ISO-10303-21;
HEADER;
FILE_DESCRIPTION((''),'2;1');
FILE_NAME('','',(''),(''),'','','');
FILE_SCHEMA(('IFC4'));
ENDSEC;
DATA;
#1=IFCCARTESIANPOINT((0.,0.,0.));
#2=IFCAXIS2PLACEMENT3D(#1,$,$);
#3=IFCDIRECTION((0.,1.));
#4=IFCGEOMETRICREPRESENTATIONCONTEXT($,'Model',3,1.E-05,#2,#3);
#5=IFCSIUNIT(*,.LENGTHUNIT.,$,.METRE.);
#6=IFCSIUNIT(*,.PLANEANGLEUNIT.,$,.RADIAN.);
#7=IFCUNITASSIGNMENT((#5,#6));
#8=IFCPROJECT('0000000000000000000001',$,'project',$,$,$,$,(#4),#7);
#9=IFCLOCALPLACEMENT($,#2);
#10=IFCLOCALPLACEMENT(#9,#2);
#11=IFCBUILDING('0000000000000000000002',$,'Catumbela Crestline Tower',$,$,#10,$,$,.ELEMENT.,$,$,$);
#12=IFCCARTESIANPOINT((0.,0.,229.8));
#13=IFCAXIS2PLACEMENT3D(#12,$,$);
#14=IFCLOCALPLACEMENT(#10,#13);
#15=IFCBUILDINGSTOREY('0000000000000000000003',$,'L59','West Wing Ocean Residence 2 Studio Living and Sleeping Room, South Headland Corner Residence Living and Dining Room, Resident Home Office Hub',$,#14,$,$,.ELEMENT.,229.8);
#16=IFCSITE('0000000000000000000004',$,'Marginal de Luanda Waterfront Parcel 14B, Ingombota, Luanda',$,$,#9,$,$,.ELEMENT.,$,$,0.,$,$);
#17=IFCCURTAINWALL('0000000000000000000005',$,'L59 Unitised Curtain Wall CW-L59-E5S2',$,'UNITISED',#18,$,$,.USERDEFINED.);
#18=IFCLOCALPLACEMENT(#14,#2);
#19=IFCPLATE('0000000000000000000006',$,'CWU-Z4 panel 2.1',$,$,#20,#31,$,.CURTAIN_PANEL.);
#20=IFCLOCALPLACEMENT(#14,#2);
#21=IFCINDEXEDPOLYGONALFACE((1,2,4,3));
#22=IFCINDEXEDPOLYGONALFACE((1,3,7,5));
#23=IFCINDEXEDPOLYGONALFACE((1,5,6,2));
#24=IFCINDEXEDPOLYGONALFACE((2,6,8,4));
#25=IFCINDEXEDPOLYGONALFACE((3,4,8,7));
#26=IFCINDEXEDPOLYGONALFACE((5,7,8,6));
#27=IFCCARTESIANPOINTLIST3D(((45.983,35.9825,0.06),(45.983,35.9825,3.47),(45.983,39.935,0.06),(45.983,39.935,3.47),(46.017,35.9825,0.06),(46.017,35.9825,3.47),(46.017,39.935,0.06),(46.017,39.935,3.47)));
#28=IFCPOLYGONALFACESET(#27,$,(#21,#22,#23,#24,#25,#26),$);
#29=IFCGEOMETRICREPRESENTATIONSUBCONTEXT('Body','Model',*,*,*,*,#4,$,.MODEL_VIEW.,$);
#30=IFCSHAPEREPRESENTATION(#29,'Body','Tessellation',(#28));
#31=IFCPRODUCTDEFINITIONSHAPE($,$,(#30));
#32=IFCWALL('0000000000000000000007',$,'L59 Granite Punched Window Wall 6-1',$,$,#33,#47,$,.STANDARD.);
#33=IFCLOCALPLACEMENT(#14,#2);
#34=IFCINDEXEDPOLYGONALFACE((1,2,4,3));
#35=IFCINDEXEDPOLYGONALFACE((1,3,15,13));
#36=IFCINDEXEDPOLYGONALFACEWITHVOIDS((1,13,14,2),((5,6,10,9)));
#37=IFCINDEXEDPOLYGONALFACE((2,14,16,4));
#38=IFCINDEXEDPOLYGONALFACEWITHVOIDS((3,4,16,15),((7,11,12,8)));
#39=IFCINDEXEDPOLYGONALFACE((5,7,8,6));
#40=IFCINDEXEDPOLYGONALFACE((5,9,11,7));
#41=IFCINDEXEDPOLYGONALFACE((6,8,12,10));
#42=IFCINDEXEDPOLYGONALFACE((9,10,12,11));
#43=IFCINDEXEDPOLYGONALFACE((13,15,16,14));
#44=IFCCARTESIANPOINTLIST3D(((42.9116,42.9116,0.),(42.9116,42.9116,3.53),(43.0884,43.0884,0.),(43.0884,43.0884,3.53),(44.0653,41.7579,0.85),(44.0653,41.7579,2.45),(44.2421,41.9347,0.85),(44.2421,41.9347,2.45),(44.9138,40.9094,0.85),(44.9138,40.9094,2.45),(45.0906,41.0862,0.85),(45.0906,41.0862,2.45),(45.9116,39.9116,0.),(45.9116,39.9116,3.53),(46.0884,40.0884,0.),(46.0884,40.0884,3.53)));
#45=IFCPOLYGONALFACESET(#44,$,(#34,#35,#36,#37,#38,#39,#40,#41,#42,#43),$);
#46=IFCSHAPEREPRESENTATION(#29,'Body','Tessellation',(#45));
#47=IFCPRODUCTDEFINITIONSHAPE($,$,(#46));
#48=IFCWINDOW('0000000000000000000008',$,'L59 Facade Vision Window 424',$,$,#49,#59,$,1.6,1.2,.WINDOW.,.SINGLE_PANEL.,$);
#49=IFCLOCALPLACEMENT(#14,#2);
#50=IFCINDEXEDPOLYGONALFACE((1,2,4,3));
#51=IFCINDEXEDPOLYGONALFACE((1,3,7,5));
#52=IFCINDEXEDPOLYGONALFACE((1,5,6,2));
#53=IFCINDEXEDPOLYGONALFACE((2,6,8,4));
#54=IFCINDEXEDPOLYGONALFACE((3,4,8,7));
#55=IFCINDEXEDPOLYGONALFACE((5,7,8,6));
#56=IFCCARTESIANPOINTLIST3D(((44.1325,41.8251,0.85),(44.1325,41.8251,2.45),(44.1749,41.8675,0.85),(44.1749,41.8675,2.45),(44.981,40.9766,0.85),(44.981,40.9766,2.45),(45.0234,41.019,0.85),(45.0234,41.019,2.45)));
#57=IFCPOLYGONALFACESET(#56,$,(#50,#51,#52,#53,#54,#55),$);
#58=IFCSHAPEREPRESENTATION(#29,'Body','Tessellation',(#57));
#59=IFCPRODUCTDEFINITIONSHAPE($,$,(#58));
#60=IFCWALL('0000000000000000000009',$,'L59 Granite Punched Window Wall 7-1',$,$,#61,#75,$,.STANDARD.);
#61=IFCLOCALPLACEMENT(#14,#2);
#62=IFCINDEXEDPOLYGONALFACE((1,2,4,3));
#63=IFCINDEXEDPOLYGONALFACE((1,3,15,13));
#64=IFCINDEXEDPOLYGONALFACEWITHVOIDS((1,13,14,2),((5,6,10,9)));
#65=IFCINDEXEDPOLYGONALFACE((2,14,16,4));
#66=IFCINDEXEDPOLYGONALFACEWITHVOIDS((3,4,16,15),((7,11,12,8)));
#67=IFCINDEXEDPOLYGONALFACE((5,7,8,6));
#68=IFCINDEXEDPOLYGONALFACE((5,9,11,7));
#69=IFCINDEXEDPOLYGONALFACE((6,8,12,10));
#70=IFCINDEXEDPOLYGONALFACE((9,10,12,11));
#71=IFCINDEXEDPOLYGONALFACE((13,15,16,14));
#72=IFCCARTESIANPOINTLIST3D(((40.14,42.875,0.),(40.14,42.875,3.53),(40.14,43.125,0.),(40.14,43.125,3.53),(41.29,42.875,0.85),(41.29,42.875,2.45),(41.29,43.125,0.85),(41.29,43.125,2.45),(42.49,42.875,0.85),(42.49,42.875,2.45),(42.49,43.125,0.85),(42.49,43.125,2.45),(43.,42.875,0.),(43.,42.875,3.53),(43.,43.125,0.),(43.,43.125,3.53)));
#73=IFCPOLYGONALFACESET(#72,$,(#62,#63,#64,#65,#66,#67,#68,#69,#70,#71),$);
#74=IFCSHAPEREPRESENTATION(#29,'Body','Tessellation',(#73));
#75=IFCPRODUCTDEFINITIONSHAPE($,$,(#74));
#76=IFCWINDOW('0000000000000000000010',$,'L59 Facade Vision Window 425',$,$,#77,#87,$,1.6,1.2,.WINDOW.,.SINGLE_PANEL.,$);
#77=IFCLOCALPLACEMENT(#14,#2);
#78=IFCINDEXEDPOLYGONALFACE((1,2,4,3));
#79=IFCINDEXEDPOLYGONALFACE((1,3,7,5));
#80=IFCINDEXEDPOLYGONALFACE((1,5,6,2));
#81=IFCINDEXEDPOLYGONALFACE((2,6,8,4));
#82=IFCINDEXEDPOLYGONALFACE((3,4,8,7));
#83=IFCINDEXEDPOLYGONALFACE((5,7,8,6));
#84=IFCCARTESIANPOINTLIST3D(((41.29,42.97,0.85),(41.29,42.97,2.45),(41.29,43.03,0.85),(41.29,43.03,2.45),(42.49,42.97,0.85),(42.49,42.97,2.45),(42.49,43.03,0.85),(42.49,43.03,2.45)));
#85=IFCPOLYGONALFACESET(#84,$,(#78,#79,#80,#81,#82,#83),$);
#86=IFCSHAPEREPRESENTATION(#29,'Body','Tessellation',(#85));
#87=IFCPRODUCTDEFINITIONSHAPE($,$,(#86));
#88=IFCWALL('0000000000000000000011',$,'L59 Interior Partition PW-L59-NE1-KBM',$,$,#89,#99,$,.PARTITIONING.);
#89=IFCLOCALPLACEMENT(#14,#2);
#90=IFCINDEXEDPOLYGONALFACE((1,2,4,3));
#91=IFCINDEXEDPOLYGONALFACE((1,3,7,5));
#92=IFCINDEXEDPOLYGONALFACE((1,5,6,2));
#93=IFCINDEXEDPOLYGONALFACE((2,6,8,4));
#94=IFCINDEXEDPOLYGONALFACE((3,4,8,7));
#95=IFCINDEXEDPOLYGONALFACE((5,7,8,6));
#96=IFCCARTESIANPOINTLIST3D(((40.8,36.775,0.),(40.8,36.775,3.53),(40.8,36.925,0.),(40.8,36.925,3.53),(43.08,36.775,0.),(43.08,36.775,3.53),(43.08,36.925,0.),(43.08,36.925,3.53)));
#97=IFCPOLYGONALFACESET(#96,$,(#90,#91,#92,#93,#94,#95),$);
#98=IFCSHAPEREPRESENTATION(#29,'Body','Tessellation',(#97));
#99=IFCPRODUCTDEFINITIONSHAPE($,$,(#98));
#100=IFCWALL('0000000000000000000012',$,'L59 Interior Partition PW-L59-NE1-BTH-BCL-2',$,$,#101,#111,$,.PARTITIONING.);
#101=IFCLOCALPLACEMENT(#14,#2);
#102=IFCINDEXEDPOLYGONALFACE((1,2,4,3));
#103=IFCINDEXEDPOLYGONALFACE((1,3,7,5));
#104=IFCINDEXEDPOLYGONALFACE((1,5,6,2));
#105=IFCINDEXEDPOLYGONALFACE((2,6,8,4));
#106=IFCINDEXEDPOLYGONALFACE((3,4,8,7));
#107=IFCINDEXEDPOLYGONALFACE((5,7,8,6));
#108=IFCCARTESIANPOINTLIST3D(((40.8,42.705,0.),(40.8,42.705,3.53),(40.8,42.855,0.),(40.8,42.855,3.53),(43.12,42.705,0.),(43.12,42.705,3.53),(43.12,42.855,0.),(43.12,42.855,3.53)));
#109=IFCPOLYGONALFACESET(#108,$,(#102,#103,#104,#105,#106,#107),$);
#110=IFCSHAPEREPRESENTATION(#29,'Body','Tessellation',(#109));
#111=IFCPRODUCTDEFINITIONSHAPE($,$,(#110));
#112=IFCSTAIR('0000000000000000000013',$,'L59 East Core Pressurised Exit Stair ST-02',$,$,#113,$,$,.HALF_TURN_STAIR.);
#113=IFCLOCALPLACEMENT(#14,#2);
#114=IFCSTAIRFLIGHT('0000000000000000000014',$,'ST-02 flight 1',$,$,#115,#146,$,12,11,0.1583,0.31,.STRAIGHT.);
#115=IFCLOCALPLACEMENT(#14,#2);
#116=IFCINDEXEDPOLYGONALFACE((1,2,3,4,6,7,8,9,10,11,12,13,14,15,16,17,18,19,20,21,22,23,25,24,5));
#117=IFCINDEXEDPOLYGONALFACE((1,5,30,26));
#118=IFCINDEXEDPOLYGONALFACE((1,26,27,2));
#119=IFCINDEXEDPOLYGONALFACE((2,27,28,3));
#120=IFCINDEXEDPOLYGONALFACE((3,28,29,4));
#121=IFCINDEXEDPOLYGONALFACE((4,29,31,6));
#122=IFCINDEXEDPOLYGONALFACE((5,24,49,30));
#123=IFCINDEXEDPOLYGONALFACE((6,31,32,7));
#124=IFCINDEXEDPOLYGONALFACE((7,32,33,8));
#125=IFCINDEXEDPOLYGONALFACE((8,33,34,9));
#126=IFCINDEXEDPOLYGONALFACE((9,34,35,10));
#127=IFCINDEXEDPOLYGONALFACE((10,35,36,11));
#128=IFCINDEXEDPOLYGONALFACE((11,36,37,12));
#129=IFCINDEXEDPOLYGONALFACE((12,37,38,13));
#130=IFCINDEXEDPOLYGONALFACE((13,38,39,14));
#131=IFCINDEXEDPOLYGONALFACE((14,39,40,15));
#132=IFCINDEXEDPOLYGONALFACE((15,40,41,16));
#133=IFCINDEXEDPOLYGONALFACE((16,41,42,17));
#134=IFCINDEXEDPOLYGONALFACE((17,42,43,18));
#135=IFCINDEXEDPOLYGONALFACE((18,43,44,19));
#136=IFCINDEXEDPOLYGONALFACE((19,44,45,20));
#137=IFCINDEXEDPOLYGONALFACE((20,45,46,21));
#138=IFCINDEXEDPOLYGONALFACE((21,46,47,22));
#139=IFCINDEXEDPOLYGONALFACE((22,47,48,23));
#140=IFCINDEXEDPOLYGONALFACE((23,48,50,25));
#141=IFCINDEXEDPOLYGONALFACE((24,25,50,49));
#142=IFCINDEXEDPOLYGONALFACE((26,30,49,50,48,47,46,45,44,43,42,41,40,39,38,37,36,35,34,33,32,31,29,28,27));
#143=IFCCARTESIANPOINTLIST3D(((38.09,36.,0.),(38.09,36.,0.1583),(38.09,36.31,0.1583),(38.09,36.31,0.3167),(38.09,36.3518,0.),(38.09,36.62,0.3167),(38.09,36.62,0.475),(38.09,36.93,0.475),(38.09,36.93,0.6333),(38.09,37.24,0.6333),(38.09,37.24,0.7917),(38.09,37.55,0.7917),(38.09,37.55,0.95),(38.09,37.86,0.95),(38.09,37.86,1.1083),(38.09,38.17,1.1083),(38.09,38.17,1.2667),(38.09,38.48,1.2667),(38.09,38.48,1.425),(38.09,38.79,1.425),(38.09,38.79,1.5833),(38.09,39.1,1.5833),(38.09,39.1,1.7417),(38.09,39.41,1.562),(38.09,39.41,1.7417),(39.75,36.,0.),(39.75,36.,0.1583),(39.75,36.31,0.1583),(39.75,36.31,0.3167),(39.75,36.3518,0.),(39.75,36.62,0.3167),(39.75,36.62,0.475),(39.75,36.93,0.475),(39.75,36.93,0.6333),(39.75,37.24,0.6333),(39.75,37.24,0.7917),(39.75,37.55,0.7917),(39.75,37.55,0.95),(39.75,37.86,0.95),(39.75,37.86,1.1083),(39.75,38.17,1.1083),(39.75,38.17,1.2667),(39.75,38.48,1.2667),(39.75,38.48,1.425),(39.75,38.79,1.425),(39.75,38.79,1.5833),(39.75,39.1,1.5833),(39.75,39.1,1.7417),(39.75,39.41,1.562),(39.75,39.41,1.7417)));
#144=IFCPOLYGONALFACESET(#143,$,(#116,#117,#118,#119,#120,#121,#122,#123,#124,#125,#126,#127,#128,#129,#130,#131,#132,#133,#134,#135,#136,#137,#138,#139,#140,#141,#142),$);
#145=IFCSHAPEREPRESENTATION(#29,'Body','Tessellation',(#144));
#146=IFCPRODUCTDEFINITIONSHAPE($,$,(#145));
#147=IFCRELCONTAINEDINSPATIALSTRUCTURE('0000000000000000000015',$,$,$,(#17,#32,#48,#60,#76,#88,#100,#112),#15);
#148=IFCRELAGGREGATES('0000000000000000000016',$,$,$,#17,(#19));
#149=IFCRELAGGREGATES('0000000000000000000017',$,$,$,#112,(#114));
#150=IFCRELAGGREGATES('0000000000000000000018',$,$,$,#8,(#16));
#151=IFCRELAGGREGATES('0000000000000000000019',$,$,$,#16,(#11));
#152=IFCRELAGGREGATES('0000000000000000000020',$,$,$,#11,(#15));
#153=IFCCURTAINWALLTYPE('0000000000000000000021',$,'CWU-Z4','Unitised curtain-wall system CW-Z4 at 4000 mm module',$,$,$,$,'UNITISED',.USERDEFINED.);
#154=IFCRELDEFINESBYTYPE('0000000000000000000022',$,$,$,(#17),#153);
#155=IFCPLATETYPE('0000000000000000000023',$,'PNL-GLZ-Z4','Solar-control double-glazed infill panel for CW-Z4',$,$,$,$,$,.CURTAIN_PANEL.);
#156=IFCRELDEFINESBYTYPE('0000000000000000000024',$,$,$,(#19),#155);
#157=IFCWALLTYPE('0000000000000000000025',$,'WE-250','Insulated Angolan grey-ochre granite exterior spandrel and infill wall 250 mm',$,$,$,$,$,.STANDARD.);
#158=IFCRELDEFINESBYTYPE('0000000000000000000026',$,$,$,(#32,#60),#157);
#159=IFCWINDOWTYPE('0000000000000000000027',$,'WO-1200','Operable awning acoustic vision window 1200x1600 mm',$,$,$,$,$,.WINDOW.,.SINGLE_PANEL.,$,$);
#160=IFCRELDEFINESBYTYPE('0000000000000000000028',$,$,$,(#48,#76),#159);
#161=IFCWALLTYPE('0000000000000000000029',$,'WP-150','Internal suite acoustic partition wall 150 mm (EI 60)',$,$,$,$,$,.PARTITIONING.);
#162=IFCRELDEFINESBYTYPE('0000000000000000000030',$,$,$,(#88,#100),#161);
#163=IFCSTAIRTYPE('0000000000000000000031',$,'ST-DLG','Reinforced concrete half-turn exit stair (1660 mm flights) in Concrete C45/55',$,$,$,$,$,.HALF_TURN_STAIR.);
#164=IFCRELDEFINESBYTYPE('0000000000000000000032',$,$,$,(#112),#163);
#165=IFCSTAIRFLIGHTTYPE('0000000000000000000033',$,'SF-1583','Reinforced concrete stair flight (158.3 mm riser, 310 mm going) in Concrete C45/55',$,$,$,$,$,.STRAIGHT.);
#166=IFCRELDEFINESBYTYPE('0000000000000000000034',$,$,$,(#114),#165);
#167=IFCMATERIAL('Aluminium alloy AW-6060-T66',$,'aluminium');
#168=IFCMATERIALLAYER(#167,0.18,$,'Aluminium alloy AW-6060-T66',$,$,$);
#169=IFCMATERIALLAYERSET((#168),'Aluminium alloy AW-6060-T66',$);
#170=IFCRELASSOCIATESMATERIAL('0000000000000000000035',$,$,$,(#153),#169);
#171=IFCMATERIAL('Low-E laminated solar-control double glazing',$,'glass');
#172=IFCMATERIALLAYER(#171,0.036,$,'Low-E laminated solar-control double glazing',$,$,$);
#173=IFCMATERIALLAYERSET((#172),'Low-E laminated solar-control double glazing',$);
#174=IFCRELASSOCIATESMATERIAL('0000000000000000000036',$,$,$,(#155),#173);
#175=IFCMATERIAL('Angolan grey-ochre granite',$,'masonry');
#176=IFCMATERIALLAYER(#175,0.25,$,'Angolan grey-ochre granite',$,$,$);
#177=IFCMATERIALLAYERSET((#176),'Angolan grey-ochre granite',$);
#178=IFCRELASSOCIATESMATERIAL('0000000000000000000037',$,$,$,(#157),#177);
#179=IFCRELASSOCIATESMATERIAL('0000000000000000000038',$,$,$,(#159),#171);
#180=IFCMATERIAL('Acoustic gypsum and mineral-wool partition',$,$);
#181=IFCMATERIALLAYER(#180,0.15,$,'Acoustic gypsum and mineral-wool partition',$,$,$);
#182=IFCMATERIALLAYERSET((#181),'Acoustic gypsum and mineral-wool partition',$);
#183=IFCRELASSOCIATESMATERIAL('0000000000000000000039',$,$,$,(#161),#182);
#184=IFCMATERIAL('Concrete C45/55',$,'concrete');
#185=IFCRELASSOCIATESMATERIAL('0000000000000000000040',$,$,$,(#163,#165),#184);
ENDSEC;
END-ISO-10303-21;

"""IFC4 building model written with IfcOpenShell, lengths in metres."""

from ifc_helpers import new_model, si_unit, direction, frame, frame_2d, origin, origin_2d, place, context, subcontext, project, spatial, polyline, rectangle, outline, extrude, material, layer, layer_set, type_object, element, fill, aggregate, save


model = new_model("IFC4")

# Units and contexts
model_context = context("Model", 3, precision=1e-05, world=origin(), true_north=direction((0.0, 1.0)))
body_context = subcontext(model_context, "Body", "Model", "MODEL_VIEW")
ifc_project = project(units=[si_unit("LENGTHUNIT", "METRE"), si_unit("PLANEANGLEUNIT", "RADIAN")], contexts=[model_context])

# Site, building, storey
site_placement = place(None, origin())
site = spatial("IfcSite", under=ifc_project, at=site_placement, Name="Marginal de Luanda Waterfront Parcel 14B, Ingombota, Luanda", CompositionType="ELEMENT", RefElevation=0.0)
building_placement = place(site_placement, origin())
building = spatial("IfcBuilding", under=site, at=building_placement, Name="Catumbela Crestline Tower", CompositionType="ELEMENT")
storey_placement = place(building_placement, frame((0.0, 0.0, 229.8)))
storey = spatial("IfcBuildingStorey", under=building, at=storey_placement, Name="L59", Description="West Wing Ocean Residence 2 Studio Living and Sleeping Room, South Headland Corner Residence Living and Dining Room, Resident Home Office Hub", CompositionType="ELEMENT", Elevation=229.8)

# Curtain wall, plate
ifc_material_1 = material(Name="Aluminium alloy AW-6060-T66", Category="aluminium")
ifc_layer_1 = layer(ifc_material_1, 0.18, Name="Aluminium alloy AW-6060-T66")
ifc_layer_set_1 = layer_set([ifc_layer_1], Name="Aluminium alloy AW-6060-T66")
curtain_wall_type = type_object("IfcCurtainWallType", Name="CWU-Z4", Description="Unitised curtain-wall system CW-Z4 at 4000 mm module", ElementType="UNITISED", PredefinedType="USERDEFINED", material=ifc_layer_set_1)
curtain_wall_placement = place(storey_placement, origin())
curtain_wall = element("IfcCurtainWall", 1, at=curtain_wall_placement, inside=storey, type_object=curtain_wall_type, Name="L59 Unitised Curtain Wall CW-L59-E5S2", ObjectType="UNITISED", PredefinedType="USERDEFINED")
ifc_material_2 = material(Name="Low-E laminated solar-control double glazing", Category="glass")
ifc_layer_2 = layer(ifc_material_2, 0.036, Name="Low-E laminated solar-control double glazing")
ifc_layer_set_2 = layer_set([ifc_layer_2], Name="Low-E laminated solar-control double glazing")
plate_type = type_object("IfcPlateType", Name="PNL-GLZ-Z4", Description="Solar-control double-glazed infill panel for CW-Z4", PredefinedType="CURTAIN_PANEL", material=ifc_layer_set_2)
plate_1_placement = place(storey_placement, frame((46.0, 37.9588, 0.06), z_axis=(0.0, 0.0, 1.0), x_axis=(0.0, 1.0, 0.0)))
plate_1 = element("IfcPlate", 2, at=plate_1_placement, type_object=plate_type, Name="CWU-Z4 panel 2.1", PredefinedType="CURTAIN_PANEL", context=body_context, shape_type="SweptSolid", body=[
    extrude(rectangle(XDim=3.9525, YDim=0.034, at=origin_2d()), origin(), (0.0, 0.0, 1.0), 3.41),
])
aggregate(curtain_wall, [plate_1])

# Walls, openings, windows
ifc_material_3 = material(Name="Angolan grey-ochre granite", Category="masonry")
ifc_layer_3 = layer(ifc_material_3, 0.25, Name="Angolan grey-ochre granite")
ifc_layer_set_3 = layer_set([ifc_layer_3], Name="Angolan grey-ochre granite")
wall_type_1 = type_object("IfcWallType", Name="WE-250", Description="Insulated Angolan grey-ochre granite exterior spandrel and infill wall 250 mm", PredefinedType="STANDARD", material=ifc_layer_set_3)
wall_1_placement = place(storey_placement, frame((46.0, 40.0, 0.0), z_axis=(0.0, 0.0, 1.0), x_axis=(-0.707107, 0.707107, 0.0)))
wall_1 = element("IfcWall", 3, at=wall_1_placement, inside=storey, type_object=wall_type_1, Name="L59 Granite Punched Window Wall 6-1", PredefinedType="STANDARD", context=body_context, shape_type="SweptSolid", body=[
    extrude(rectangle(XDim=4.2426, YDim=0.25, at=frame_2d((2.1213, 0.0))), origin(), (0.0, 0.0, 1.0), 3.53),
])
opening_1_placement = place(wall_1_placement, frame((1.4111, 0.0, 0.85)))
opening_1 = element("IfcOpeningElement", 4, at=opening_1_placement, cuts=wall_1, PredefinedType="OPENING", context=body_context, shape_type="SweptSolid", body=[
    extrude(rectangle(XDim=1.2, YDim=1.6, at=frame_2d((0.6, 0.8))), frame((0.0, 0.135, 0.0), z_axis=(0.0, -1.0, 0.0), x_axis=(1.0, 0.0, 0.0)), (0.0, 0.0, 1.0), 0.27),
])
window_type = type_object("IfcWindowType", Name="WO-1200", Description="Operable awning acoustic vision window 1200x1600 mm", PartitioningType="SINGLE_PANEL", PredefinedType="WINDOW", material=ifc_material_2)
window_1_placement = place(opening_1_placement, origin())
window_1 = element("IfcWindow", 5, at=window_1_placement, inside=storey, type_object=window_type, Name="L59 Facade Vision Window 424", OverallHeight=1.6, OverallWidth=1.2, PartitioningType="SINGLE_PANEL", PredefinedType="WINDOW", context=body_context, shape_type="SweptSolid", body=[
    extrude(rectangle(XDim=1.2, YDim=1.6, at=frame_2d((0.6, 0.8))), frame((0.0, 0.03, 0.0), z_axis=(0.0, -1.0, 0.0), x_axis=(1.0, 0.0, 0.0)), (0.0, 0.0, 1.0), 0.06),
])
fill(opening_1, window_1)
wall_2_placement = place(storey_placement, frame((43.0, 43.0, 0.0), z_axis=(0.0, 0.0, 1.0), x_axis=(-1.0, 0.0, 0.0)))
wall_2 = element("IfcWall", 6, at=wall_2_placement, inside=storey, type_object=wall_type_1, Name="L59 Granite Punched Window Wall 7-1", PredefinedType="STANDARD", context=body_context, shape_type="SweptSolid", body=[
    extrude(rectangle(XDim=2.86, YDim=0.25, at=frame_2d((1.43, 0.0))), origin(), (0.0, 0.0, 1.0), 3.53),
])
opening_2_placement = place(wall_2_placement, frame((0.51, 0.0, 0.85)))
opening_2 = element("IfcOpeningElement", 7, at=opening_2_placement, cuts=wall_2, PredefinedType="OPENING", context=body_context, shape_type="SweptSolid", body=[
    extrude(rectangle(XDim=1.2, YDim=1.6, at=frame_2d((0.6, 0.8))), frame((0.0, 0.135, 0.0), z_axis=(0.0, -1.0, 0.0), x_axis=(1.0, 0.0, 0.0)), (0.0, 0.0, 1.0), 0.27),
])
window_2_placement = place(opening_2_placement, origin())
window_2 = element("IfcWindow", 8, at=window_2_placement, inside=storey, type_object=window_type, Name="L59 Facade Vision Window 425", OverallHeight=1.6, OverallWidth=1.2, PartitioningType="SINGLE_PANEL", PredefinedType="WINDOW", context=body_context, shape_type="SweptSolid", body=[
    extrude(rectangle(XDim=1.2, YDim=1.6, at=frame_2d((0.6, 0.8))), frame((0.0, 0.03, 0.0), z_axis=(0.0, -1.0, 0.0), x_axis=(1.0, 0.0, 0.0)), (0.0, 0.0, 1.0), 0.06),
])
fill(opening_2, window_2)

# Walls
ifc_material_4 = material(Name="Acoustic gypsum and mineral-wool partition")
ifc_layer_4 = layer(ifc_material_4, 0.15, Name="Acoustic gypsum and mineral-wool partition")
ifc_layer_set_4 = layer_set([ifc_layer_4], Name="Acoustic gypsum and mineral-wool partition")
wall_type_2 = type_object("IfcWallType", Name="WP-150", Description="Internal suite acoustic partition wall 150 mm (EI 60)", PredefinedType="PARTITIONING", material=ifc_layer_set_4)
wall_3_placement = place(storey_placement, frame((40.8, 36.85, 0.0), z_axis=(0.0, 0.0, 1.0), x_axis=(1.0, 0.0, 0.0)))
element("IfcWall", 9, at=wall_3_placement, inside=storey, type_object=wall_type_2, Name="L59 Interior Partition PW-L59-NE1-KBM", PredefinedType="PARTITIONING", context=body_context, shape_type="SweptSolid", body=[
    extrude(rectangle(XDim=2.28, YDim=0.15, at=frame_2d((1.14, 0.0))), origin(), (0.0, 0.0, 1.0), 3.53),
])
wall_4_placement = place(storey_placement, frame((40.8, 42.78, 0.0), z_axis=(0.0, 0.0, 1.0), x_axis=(1.0, 0.0, 0.0)))
element("IfcWall", 10, at=wall_4_placement, inside=storey, type_object=wall_type_2, Name="L59 Interior Partition PW-L59-NE1-BTH-BCL-2", PredefinedType="PARTITIONING", context=body_context, shape_type="SweptSolid", body=[
    extrude(rectangle(XDim=2.32, YDim=0.15, at=frame_2d((1.16, 0.0))), origin(), (0.0, 0.0, 1.0), 3.53),
])

# Stair, stair flight
ifc_material_5 = material(Name="Concrete C45/55", Category="concrete")
stair_type = type_object("IfcStairType", Name="ST-DLG", Description="Reinforced concrete half-turn exit stair (1660 mm flights) in Concrete C45/55", PredefinedType="HALF_TURN_STAIR", material=ifc_material_5)
stair_placement = place(storey_placement, origin())
stair = element("IfcStair", 11, at=stair_placement, inside=storey, type_object=stair_type, Name="L59 East Core Pressurised Exit Stair ST-02", PredefinedType="HALF_TURN_STAIR")
stair_flight_type = type_object("IfcStairFlightType", Name="SF-1583", Description="Reinforced concrete stair flight (158.3 mm riser, 310 mm going) in Concrete C45/55", PredefinedType="STRAIGHT", material=ifc_material_5)
stair_flight_placement = place(storey_placement, frame((38.92, 36.0, 0.0), z_axis=(0.0, 0.0, 1.0), x_axis=(0.0, 1.0, 0.0)))
stair_flight = element("IfcStairFlight", 12, at=stair_flight_placement, type_object=stair_flight_type, Name="ST-02 flight 1", NumberOfRisers=12, NumberOfTreads=11, PredefinedType="STRAIGHT", RiserHeight=0.1583, TreadLength=0.31, context=body_context, shape_type="SweptSolid", body=[
    extrude(outline(polyline([(0.0, 0.0), (0.0, 0.1583), (0.31, 0.1583), (0.31, 0.3167), (0.62, 0.3167), (0.62, 0.475), (0.93, 0.475), (0.93, 0.6333), (1.24, 0.6333), (1.24, 0.7917), (1.55, 0.7917), (1.55, 0.95), (1.86, 0.95), (1.86, 1.1083), (2.17, 1.1083), (2.17, 1.2667), (2.48, 1.2667), (2.48, 1.425), (2.79, 1.425), (2.79, 1.5833), (3.1, 1.5833), (3.1, 1.7417), (3.41, 1.7417), (3.41, 1.9), (3.41, 1.562), (0.3518, 0.0), (0.0, 0.0)])), frame((0.0, 0.83, 0.0), z_axis=(0.0, -1.0, 0.0), x_axis=(1.0, 0.0, 0.0)), (0.0, 0.0, 1.0), 1.66),
])
aggregate(stair, [stair_flight])

save(model, "model.ifc")
